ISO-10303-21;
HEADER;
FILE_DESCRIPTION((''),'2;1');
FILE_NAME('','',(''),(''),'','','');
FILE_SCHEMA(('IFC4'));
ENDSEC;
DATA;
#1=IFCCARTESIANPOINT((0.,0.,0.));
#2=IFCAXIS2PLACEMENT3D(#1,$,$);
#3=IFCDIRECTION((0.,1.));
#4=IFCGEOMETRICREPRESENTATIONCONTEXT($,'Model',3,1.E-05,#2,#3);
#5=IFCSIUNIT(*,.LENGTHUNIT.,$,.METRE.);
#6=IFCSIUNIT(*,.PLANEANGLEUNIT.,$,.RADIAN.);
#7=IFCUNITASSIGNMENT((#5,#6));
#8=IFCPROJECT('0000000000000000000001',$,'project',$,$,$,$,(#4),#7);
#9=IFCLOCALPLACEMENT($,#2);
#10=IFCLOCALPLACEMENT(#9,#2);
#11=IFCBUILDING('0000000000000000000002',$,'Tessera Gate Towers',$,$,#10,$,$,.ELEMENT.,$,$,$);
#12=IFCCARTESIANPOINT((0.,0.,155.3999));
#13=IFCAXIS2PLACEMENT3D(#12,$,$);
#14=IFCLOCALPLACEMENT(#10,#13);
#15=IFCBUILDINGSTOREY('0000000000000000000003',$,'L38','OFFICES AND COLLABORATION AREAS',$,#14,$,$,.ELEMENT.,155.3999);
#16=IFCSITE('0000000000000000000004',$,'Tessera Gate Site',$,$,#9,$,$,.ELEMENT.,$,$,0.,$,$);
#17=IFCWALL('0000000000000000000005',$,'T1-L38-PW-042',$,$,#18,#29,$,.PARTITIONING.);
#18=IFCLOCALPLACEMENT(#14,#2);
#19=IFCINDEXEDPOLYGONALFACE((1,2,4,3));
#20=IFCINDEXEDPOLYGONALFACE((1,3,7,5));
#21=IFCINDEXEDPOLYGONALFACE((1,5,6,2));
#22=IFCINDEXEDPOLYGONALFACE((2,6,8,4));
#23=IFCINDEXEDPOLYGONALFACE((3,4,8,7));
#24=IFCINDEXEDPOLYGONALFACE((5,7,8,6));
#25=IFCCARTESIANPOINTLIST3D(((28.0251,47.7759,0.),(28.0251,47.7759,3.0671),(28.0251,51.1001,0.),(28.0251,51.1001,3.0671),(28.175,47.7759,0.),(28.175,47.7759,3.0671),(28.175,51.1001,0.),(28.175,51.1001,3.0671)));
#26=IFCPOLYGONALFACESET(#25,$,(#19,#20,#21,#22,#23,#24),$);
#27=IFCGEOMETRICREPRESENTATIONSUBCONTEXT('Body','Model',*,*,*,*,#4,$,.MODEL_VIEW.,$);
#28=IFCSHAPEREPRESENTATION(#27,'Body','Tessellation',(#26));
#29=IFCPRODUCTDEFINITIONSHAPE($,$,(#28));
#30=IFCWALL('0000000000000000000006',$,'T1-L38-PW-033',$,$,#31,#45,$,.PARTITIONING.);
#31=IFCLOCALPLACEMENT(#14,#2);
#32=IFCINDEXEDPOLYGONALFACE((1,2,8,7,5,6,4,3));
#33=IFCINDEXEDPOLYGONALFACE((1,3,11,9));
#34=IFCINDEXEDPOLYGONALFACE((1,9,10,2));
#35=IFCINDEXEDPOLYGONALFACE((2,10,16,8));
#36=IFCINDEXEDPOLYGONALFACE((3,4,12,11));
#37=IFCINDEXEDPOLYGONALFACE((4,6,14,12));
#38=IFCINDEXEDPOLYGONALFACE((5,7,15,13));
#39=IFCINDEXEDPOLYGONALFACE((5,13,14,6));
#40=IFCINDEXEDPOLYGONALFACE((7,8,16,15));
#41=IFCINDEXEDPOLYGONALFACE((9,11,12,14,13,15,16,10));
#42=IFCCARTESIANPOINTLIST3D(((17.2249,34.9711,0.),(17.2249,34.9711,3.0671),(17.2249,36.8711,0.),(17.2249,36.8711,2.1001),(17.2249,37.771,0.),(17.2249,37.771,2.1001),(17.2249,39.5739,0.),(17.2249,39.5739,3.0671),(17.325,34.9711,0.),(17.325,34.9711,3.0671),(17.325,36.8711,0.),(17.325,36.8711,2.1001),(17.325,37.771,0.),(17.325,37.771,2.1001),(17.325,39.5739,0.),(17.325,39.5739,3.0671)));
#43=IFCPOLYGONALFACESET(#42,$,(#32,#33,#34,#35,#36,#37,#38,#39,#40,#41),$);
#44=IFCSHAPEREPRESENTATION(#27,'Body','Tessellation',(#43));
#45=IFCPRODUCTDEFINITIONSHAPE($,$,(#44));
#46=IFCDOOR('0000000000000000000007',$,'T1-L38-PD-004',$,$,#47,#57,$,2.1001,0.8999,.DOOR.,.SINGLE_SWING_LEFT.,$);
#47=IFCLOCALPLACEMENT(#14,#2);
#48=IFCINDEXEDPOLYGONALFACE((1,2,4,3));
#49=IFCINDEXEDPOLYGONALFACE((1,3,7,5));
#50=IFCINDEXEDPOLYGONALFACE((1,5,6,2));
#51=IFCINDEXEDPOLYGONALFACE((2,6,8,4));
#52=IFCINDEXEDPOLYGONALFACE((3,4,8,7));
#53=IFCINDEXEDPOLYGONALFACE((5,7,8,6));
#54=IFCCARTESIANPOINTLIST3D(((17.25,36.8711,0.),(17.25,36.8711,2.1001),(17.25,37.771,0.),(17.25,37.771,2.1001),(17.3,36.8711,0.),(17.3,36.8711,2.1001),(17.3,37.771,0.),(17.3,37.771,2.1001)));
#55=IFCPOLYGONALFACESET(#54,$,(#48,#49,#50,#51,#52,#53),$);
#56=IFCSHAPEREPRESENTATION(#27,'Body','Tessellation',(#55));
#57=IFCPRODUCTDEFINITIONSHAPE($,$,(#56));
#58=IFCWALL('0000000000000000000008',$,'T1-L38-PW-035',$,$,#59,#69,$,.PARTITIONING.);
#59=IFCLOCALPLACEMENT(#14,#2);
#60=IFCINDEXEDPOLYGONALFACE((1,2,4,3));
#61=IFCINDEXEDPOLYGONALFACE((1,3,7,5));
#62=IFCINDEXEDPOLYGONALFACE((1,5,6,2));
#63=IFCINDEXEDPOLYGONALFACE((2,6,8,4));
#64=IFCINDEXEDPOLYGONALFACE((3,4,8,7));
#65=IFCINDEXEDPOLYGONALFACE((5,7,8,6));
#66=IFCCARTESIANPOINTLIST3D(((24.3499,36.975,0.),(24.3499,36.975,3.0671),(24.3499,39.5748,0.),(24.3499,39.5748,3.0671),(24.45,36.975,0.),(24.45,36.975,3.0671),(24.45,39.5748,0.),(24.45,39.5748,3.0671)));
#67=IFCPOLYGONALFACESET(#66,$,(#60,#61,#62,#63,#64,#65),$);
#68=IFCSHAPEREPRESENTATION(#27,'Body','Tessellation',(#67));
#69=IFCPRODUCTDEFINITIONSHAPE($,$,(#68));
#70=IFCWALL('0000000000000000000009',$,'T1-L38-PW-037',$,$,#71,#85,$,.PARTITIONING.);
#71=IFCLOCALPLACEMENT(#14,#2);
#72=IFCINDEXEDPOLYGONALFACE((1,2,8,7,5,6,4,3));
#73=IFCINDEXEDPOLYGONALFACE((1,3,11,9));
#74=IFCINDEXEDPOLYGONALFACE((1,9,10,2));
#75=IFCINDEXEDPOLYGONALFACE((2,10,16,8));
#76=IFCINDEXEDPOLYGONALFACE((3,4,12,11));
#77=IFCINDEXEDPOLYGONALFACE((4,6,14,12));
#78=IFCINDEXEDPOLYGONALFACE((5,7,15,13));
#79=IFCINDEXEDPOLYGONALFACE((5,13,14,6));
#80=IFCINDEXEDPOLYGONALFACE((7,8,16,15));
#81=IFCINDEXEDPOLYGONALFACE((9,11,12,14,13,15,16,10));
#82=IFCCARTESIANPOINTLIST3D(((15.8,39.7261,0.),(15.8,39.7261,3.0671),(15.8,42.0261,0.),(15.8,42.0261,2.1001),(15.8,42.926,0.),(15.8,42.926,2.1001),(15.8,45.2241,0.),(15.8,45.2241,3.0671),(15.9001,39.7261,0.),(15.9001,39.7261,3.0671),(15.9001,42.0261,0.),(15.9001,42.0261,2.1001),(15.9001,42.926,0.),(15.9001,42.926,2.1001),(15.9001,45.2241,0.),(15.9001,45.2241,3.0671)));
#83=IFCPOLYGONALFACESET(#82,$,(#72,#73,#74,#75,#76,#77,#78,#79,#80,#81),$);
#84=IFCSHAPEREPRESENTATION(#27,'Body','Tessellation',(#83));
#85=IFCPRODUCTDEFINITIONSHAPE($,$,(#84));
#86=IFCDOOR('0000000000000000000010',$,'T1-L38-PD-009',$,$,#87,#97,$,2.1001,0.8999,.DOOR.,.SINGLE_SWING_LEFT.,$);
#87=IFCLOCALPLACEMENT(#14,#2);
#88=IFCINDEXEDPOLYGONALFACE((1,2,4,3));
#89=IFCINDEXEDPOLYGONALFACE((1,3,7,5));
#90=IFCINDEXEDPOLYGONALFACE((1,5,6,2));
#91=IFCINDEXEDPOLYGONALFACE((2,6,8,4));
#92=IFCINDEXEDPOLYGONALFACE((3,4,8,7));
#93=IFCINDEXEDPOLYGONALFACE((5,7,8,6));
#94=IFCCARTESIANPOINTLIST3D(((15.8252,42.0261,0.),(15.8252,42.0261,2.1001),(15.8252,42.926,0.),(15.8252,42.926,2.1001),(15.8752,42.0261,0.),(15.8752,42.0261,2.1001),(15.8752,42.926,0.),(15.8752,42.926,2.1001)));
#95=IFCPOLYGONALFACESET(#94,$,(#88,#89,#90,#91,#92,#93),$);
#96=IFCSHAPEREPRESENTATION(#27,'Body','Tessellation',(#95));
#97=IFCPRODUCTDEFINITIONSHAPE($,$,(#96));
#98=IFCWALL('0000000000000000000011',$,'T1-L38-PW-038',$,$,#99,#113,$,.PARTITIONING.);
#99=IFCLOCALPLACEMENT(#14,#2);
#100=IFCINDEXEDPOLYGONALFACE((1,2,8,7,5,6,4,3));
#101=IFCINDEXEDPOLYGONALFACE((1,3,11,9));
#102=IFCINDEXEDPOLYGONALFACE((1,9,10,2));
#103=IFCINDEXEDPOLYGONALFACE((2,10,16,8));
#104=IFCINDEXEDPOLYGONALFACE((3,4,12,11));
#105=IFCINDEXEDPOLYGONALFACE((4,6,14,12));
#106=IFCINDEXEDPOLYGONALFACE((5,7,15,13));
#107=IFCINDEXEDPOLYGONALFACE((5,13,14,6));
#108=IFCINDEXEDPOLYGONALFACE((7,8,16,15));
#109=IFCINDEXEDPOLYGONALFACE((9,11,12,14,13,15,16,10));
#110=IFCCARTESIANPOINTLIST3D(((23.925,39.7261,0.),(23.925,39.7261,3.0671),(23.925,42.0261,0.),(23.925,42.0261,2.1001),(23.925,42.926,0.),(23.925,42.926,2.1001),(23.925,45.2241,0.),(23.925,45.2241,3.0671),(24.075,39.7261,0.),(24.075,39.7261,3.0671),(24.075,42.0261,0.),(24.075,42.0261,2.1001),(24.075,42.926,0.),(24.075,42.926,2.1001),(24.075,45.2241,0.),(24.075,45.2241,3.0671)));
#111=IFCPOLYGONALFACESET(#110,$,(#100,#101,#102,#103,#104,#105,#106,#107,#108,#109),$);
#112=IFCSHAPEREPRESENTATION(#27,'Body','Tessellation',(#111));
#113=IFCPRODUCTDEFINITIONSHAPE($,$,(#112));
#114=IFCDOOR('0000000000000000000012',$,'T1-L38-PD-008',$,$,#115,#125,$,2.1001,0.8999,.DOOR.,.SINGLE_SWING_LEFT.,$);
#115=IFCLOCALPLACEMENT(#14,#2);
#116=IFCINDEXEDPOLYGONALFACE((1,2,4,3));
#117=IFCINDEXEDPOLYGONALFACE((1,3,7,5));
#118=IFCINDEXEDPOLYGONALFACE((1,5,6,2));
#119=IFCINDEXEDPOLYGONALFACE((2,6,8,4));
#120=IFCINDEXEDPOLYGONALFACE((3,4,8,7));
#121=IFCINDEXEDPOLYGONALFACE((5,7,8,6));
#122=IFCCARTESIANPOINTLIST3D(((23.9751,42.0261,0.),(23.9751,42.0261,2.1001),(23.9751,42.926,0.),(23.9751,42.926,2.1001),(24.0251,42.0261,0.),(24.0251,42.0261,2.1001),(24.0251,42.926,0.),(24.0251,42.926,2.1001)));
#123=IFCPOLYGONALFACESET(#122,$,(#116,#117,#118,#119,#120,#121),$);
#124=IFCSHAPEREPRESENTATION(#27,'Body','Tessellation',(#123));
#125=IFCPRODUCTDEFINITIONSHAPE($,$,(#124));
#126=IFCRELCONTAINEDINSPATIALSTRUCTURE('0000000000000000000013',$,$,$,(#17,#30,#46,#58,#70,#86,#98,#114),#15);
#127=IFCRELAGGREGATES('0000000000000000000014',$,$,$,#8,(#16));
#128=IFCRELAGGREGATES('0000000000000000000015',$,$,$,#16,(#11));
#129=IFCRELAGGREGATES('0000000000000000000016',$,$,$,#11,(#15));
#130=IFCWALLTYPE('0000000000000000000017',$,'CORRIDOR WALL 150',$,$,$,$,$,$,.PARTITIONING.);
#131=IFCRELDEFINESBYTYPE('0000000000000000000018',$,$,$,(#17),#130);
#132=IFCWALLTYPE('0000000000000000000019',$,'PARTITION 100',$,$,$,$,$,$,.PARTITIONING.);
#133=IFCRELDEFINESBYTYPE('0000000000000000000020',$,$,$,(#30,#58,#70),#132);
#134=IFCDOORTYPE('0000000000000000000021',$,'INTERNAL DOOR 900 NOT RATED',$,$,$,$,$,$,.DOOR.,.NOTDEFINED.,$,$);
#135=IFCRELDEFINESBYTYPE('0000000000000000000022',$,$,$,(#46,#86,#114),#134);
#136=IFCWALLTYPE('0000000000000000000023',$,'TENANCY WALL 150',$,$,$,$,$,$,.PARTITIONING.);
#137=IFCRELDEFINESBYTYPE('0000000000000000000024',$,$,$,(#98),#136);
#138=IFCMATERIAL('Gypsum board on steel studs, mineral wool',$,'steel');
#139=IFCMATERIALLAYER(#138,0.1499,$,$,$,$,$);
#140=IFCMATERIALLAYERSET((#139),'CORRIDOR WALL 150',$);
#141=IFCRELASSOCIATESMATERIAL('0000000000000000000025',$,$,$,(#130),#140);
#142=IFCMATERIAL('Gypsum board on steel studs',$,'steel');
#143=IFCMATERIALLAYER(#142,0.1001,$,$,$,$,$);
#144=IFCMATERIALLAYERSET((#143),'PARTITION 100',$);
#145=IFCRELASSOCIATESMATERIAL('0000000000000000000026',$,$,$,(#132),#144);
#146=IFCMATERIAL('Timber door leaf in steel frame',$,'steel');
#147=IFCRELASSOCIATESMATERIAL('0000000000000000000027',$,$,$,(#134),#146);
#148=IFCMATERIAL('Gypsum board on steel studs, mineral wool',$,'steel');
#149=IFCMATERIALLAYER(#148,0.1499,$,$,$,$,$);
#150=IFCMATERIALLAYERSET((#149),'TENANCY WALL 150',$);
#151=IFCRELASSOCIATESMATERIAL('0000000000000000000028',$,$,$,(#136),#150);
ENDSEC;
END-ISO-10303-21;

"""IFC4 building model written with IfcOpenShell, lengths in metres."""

from ifc_helpers import new_model, si_unit, direction, frame, frame_2d, origin, place, context, subcontext, project, spatial, rectangle, extrude, source, transform, mapped, material, layer, layer_set, type_object, element, fill, save


model = new_model("IFC4")

# Units and contexts
model_context = context("Model", 3, precision=1e-05, world=origin(), true_north=direction((0.0, 1.0)))
body_context = subcontext(model_context, "Body", "Model", "MODEL_VIEW")
ifc_project = project(units=[si_unit("LENGTHUNIT", "METRE"), si_unit("PLANEANGLEUNIT", "RADIAN")], contexts=[model_context])

# Site, building, storey
site_placement = place(None, origin())
site = spatial("IfcSite", under=ifc_project, at=site_placement, Name="Tessera Gate Site", CompositionType="ELEMENT", RefElevation=0.0)
building_placement = place(site_placement, origin())
building = spatial("IfcBuilding", under=site, at=building_placement, Name="Tessera Gate Towers", CompositionType="ELEMENT")
storey_placement = place(building_placement, frame((0.0, 0.0, 155.3999)))
storey = spatial("IfcBuildingStorey", under=building, at=storey_placement, Name="L38", Description="OFFICES AND COLLABORATION AREAS", CompositionType="ELEMENT", Elevation=155.3999)

# Shared definitions
ifc_material_1 = material(Name="Gypsum board on steel studs, mineral wool", Category="steel")
ifc_layer_1 = layer(ifc_material_1, 0.1499)
ifc_layer_set_1 = layer_set([ifc_layer_1], Name="CORRIDOR WALL 150")
wall_type_1 = type_object("IfcWallType", Name="CORRIDOR WALL 150", PredefinedType="PARTITIONING", material=ifc_layer_set_1)

# Wall
wall_1_placement = place(storey_placement, frame((28.1001, 47.7759, 0.0), z_axis=(0.0, 0.0, 1.0), x_axis=(0.0, 1.0, 0.0)))
element("IfcWall", 1, at=wall_1_placement, inside=storey, type_object=wall_type_1, Name="T1-L38-PW-042", PredefinedType="PARTITIONING", context=body_context, shape_type="SweptSolid", body=[
    extrude(rectangle(XDim=3.3242, YDim=0.1499, at=frame_2d((1.6621, 0.0))), origin(), (0.0, 0.0, 1.0), 3.0671),
])

# Wall, opening, door
ifc_material_2 = material(Name="Gypsum board on steel studs", Category="steel")
ifc_layer_2 = layer(ifc_material_2, 0.1001)
ifc_layer_set_2 = layer_set([ifc_layer_2], Name="PARTITION 100")
wall_type_2 = type_object("IfcWallType", Name="PARTITION 100", PredefinedType="PARTITIONING", material=ifc_layer_set_2)
wall_2_placement = place(storey_placement, frame((17.2749, 34.9712, 0.0), z_axis=(0.0, 0.0, 1.0), x_axis=(0.0, 1.0, 0.0)))
wall_2 = element("IfcWall", 2, at=wall_2_placement, inside=storey, type_object=wall_type_2, Name="T1-L38-PW-033", PredefinedType="PARTITIONING", context=body_context, shape_type="SweptSolid", body=[
    extrude(rectangle(XDim=4.6028, YDim=0.1001, at=frame_2d((2.3013, 0.0))), origin(), (0.0, 0.0, 1.0), 3.0671),
])
shared_shape_1 = source(origin(), body_context, "Body", "SweptSolid", [
    extrude(rectangle(XDim=0.8999, YDim=2.1001, at=frame_2d((0.45, 1.05))), frame((0.0, 0.0601, 0.0), z_axis=(0.0, -1.0, 0.0), x_axis=(1.0, 0.0, 0.0)), (0.0, 0.0, 1.0), 0.1201),
])
opening_1_placement = place(wall_2_placement, frame((1.8999, 0.0, 0.0)))
opening_1 = element("IfcOpeningElement", 3, at=opening_1_placement, cuts=wall_2, PredefinedType="OPENING", context=body_context, shape_type="MappedRepresentation", body=[
    mapped(shared_shape_1, transform((0.0, 0.0, 0.0), scale=1.0)),
])
ifc_material_3 = material(Name="Timber door leaf in steel frame", Category="steel")
door_type_1 = type_object("IfcDoorType", Name="INTERNAL DOOR 900 NOT RATED", OperationType="NOTDEFINED", PredefinedType="DOOR", material=ifc_material_3)
shared_shape_2 = source(origin(), body_context, "Body", "SweptSolid", [
    extrude(rectangle(XDim=0.8999, YDim=2.1001, at=frame_2d((0.45, 1.05))), frame((0.0, 0.0249, 0.0), z_axis=(0.0, -1.0, 0.0), x_axis=(1.0, 0.0, 0.0)), (0.0, 0.0, 1.0), 0.05),
])
door_1_placement = place(opening_1_placement, origin())
door_1 = element("IfcDoor", 4, at=door_1_placement, inside=storey, type_object=door_type_1, Name="T1-L38-PD-004", OperationType="SINGLE_SWING_LEFT", OverallHeight=2.1001, OverallWidth=0.8999, PredefinedType="DOOR", context=body_context, shape_type="MappedRepresentation", body=[
    mapped(shared_shape_2, transform((0.0, 0.0, 0.0), scale=1.0)),
])
fill(opening_1, door_1)

# Wall
wall_3_placement = place(storey_placement, frame((24.3999, 36.9751, 0.0), z_axis=(0.0, 0.0, 1.0), x_axis=(0.0, 1.0, 0.0)))
element("IfcWall", 5, at=wall_3_placement, inside=storey, type_object=wall_type_2, Name="T1-L38-PW-035", PredefinedType="PARTITIONING", context=body_context, shape_type="SweptSolid", body=[
    extrude(rectangle(XDim=2.5999, YDim=0.1001, at=frame_2d((1.2998, 0.0))), origin(), (0.0, 0.0, 1.0), 3.0671),
])

# Walls, openings, doors
wall_4_placement = place(storey_placement, frame((15.8501, 39.7261, 0.0), z_axis=(0.0, 0.0, 1.0), x_axis=(0.0, 1.0, 0.0)))
wall_4 = element("IfcWall", 6, at=wall_4_placement, inside=storey, type_object=wall_type_2, Name="T1-L38-PW-037", PredefinedType="PARTITIONING", context=body_context, shape_type="SweptSolid", body=[
    extrude(rectangle(XDim=5.498, YDim=0.1001, at=frame_2d((2.749, 0.0))), origin(), (0.0, 0.0, 1.0), 3.0671),
])
opening_2_placement = place(wall_4_placement, frame((2.3, 0.0, 0.0)))
opening_2 = element("IfcOpeningElement", 7, at=opening_2_placement, cuts=wall_4, PredefinedType="OPENING", context=body_context, shape_type="MappedRepresentation", body=[
    mapped(shared_shape_1, transform((0.0, 0.0, 0.0), scale=1.0)),
])
door_2_placement = place(opening_2_placement, origin())
door_2 = element("IfcDoor", 8, at=door_2_placement, inside=storey, type_object=door_type_1, Name="T1-L38-PD-009", OperationType="SINGLE_SWING_LEFT", OverallHeight=2.1001, OverallWidth=0.8999, PredefinedType="DOOR", context=body_context, shape_type="MappedRepresentation", body=[
    mapped(shared_shape_2, transform((0.0, 0.0, 0.0), scale=1.0)),
])
fill(opening_2, door_2)
ifc_material_4 = material(Name="Gypsum board on steel studs, mineral wool", Category="steel")
ifc_layer_3 = layer(ifc_material_4, 0.1499)
ifc_layer_set_3 = layer_set([ifc_layer_3], Name="TENANCY WALL 150")
wall_type_3 = type_object("IfcWallType", Name="TENANCY WALL 150", PredefinedType="PARTITIONING", material=ifc_layer_set_3)
wall_5_placement = place(storey_placement, frame((24.0, 39.7261, 0.0), z_axis=(0.0, 0.0, 1.0), x_axis=(0.0, 1.0, 0.0)))
wall_5 = element("IfcWall", 9, at=wall_5_placement, inside=storey, type_object=wall_type_3, Name="T1-L38-PW-038", PredefinedType="PARTITIONING", context=body_context, shape_type="SweptSolid", body=[
    extrude(rectangle(XDim=5.498, YDim=0.1499, at=frame_2d((2.749, 0.0))), origin(), (0.0, 0.0, 1.0), 3.0671),
])
shared_shape_3 = source(origin(), body_context, "Body", "SweptSolid", [
    extrude(rectangle(XDim=0.8999, YDim=2.1001, at=frame_2d((0.45, 1.05))), frame((0.0, 0.085, 0.0), z_axis=(0.0, -1.0, 0.0), x_axis=(1.0, 0.0, 0.0)), (0.0, 0.0, 1.0), 0.1699),
])
opening_3_placement = place(wall_5_placement, frame((2.3, 0.0, 0.0)))
opening_3 = element("IfcOpeningElement", 10, at=opening_3_placement, cuts=wall_5, PredefinedType="OPENING", context=body_context, shape_type="MappedRepresentation", body=[
    mapped(shared_shape_3, transform((0.0, 0.0, 0.0), scale=1.0)),
])
door_3_placement = place(opening_3_placement, origin())
door_3 = element("IfcDoor", 11, at=door_3_placement, inside=storey, type_object=door_type_1, Name="T1-L38-PD-008", OperationType="SINGLE_SWING_LEFT", OverallHeight=2.1001, OverallWidth=0.8999, PredefinedType="DOOR", context=body_context, shape_type="MappedRepresentation", body=[
    mapped(shared_shape_2, transform((0.0, 0.0, 0.0), scale=1.0)),
])
fill(opening_3, door_3)

save(model, "model.ifc")
